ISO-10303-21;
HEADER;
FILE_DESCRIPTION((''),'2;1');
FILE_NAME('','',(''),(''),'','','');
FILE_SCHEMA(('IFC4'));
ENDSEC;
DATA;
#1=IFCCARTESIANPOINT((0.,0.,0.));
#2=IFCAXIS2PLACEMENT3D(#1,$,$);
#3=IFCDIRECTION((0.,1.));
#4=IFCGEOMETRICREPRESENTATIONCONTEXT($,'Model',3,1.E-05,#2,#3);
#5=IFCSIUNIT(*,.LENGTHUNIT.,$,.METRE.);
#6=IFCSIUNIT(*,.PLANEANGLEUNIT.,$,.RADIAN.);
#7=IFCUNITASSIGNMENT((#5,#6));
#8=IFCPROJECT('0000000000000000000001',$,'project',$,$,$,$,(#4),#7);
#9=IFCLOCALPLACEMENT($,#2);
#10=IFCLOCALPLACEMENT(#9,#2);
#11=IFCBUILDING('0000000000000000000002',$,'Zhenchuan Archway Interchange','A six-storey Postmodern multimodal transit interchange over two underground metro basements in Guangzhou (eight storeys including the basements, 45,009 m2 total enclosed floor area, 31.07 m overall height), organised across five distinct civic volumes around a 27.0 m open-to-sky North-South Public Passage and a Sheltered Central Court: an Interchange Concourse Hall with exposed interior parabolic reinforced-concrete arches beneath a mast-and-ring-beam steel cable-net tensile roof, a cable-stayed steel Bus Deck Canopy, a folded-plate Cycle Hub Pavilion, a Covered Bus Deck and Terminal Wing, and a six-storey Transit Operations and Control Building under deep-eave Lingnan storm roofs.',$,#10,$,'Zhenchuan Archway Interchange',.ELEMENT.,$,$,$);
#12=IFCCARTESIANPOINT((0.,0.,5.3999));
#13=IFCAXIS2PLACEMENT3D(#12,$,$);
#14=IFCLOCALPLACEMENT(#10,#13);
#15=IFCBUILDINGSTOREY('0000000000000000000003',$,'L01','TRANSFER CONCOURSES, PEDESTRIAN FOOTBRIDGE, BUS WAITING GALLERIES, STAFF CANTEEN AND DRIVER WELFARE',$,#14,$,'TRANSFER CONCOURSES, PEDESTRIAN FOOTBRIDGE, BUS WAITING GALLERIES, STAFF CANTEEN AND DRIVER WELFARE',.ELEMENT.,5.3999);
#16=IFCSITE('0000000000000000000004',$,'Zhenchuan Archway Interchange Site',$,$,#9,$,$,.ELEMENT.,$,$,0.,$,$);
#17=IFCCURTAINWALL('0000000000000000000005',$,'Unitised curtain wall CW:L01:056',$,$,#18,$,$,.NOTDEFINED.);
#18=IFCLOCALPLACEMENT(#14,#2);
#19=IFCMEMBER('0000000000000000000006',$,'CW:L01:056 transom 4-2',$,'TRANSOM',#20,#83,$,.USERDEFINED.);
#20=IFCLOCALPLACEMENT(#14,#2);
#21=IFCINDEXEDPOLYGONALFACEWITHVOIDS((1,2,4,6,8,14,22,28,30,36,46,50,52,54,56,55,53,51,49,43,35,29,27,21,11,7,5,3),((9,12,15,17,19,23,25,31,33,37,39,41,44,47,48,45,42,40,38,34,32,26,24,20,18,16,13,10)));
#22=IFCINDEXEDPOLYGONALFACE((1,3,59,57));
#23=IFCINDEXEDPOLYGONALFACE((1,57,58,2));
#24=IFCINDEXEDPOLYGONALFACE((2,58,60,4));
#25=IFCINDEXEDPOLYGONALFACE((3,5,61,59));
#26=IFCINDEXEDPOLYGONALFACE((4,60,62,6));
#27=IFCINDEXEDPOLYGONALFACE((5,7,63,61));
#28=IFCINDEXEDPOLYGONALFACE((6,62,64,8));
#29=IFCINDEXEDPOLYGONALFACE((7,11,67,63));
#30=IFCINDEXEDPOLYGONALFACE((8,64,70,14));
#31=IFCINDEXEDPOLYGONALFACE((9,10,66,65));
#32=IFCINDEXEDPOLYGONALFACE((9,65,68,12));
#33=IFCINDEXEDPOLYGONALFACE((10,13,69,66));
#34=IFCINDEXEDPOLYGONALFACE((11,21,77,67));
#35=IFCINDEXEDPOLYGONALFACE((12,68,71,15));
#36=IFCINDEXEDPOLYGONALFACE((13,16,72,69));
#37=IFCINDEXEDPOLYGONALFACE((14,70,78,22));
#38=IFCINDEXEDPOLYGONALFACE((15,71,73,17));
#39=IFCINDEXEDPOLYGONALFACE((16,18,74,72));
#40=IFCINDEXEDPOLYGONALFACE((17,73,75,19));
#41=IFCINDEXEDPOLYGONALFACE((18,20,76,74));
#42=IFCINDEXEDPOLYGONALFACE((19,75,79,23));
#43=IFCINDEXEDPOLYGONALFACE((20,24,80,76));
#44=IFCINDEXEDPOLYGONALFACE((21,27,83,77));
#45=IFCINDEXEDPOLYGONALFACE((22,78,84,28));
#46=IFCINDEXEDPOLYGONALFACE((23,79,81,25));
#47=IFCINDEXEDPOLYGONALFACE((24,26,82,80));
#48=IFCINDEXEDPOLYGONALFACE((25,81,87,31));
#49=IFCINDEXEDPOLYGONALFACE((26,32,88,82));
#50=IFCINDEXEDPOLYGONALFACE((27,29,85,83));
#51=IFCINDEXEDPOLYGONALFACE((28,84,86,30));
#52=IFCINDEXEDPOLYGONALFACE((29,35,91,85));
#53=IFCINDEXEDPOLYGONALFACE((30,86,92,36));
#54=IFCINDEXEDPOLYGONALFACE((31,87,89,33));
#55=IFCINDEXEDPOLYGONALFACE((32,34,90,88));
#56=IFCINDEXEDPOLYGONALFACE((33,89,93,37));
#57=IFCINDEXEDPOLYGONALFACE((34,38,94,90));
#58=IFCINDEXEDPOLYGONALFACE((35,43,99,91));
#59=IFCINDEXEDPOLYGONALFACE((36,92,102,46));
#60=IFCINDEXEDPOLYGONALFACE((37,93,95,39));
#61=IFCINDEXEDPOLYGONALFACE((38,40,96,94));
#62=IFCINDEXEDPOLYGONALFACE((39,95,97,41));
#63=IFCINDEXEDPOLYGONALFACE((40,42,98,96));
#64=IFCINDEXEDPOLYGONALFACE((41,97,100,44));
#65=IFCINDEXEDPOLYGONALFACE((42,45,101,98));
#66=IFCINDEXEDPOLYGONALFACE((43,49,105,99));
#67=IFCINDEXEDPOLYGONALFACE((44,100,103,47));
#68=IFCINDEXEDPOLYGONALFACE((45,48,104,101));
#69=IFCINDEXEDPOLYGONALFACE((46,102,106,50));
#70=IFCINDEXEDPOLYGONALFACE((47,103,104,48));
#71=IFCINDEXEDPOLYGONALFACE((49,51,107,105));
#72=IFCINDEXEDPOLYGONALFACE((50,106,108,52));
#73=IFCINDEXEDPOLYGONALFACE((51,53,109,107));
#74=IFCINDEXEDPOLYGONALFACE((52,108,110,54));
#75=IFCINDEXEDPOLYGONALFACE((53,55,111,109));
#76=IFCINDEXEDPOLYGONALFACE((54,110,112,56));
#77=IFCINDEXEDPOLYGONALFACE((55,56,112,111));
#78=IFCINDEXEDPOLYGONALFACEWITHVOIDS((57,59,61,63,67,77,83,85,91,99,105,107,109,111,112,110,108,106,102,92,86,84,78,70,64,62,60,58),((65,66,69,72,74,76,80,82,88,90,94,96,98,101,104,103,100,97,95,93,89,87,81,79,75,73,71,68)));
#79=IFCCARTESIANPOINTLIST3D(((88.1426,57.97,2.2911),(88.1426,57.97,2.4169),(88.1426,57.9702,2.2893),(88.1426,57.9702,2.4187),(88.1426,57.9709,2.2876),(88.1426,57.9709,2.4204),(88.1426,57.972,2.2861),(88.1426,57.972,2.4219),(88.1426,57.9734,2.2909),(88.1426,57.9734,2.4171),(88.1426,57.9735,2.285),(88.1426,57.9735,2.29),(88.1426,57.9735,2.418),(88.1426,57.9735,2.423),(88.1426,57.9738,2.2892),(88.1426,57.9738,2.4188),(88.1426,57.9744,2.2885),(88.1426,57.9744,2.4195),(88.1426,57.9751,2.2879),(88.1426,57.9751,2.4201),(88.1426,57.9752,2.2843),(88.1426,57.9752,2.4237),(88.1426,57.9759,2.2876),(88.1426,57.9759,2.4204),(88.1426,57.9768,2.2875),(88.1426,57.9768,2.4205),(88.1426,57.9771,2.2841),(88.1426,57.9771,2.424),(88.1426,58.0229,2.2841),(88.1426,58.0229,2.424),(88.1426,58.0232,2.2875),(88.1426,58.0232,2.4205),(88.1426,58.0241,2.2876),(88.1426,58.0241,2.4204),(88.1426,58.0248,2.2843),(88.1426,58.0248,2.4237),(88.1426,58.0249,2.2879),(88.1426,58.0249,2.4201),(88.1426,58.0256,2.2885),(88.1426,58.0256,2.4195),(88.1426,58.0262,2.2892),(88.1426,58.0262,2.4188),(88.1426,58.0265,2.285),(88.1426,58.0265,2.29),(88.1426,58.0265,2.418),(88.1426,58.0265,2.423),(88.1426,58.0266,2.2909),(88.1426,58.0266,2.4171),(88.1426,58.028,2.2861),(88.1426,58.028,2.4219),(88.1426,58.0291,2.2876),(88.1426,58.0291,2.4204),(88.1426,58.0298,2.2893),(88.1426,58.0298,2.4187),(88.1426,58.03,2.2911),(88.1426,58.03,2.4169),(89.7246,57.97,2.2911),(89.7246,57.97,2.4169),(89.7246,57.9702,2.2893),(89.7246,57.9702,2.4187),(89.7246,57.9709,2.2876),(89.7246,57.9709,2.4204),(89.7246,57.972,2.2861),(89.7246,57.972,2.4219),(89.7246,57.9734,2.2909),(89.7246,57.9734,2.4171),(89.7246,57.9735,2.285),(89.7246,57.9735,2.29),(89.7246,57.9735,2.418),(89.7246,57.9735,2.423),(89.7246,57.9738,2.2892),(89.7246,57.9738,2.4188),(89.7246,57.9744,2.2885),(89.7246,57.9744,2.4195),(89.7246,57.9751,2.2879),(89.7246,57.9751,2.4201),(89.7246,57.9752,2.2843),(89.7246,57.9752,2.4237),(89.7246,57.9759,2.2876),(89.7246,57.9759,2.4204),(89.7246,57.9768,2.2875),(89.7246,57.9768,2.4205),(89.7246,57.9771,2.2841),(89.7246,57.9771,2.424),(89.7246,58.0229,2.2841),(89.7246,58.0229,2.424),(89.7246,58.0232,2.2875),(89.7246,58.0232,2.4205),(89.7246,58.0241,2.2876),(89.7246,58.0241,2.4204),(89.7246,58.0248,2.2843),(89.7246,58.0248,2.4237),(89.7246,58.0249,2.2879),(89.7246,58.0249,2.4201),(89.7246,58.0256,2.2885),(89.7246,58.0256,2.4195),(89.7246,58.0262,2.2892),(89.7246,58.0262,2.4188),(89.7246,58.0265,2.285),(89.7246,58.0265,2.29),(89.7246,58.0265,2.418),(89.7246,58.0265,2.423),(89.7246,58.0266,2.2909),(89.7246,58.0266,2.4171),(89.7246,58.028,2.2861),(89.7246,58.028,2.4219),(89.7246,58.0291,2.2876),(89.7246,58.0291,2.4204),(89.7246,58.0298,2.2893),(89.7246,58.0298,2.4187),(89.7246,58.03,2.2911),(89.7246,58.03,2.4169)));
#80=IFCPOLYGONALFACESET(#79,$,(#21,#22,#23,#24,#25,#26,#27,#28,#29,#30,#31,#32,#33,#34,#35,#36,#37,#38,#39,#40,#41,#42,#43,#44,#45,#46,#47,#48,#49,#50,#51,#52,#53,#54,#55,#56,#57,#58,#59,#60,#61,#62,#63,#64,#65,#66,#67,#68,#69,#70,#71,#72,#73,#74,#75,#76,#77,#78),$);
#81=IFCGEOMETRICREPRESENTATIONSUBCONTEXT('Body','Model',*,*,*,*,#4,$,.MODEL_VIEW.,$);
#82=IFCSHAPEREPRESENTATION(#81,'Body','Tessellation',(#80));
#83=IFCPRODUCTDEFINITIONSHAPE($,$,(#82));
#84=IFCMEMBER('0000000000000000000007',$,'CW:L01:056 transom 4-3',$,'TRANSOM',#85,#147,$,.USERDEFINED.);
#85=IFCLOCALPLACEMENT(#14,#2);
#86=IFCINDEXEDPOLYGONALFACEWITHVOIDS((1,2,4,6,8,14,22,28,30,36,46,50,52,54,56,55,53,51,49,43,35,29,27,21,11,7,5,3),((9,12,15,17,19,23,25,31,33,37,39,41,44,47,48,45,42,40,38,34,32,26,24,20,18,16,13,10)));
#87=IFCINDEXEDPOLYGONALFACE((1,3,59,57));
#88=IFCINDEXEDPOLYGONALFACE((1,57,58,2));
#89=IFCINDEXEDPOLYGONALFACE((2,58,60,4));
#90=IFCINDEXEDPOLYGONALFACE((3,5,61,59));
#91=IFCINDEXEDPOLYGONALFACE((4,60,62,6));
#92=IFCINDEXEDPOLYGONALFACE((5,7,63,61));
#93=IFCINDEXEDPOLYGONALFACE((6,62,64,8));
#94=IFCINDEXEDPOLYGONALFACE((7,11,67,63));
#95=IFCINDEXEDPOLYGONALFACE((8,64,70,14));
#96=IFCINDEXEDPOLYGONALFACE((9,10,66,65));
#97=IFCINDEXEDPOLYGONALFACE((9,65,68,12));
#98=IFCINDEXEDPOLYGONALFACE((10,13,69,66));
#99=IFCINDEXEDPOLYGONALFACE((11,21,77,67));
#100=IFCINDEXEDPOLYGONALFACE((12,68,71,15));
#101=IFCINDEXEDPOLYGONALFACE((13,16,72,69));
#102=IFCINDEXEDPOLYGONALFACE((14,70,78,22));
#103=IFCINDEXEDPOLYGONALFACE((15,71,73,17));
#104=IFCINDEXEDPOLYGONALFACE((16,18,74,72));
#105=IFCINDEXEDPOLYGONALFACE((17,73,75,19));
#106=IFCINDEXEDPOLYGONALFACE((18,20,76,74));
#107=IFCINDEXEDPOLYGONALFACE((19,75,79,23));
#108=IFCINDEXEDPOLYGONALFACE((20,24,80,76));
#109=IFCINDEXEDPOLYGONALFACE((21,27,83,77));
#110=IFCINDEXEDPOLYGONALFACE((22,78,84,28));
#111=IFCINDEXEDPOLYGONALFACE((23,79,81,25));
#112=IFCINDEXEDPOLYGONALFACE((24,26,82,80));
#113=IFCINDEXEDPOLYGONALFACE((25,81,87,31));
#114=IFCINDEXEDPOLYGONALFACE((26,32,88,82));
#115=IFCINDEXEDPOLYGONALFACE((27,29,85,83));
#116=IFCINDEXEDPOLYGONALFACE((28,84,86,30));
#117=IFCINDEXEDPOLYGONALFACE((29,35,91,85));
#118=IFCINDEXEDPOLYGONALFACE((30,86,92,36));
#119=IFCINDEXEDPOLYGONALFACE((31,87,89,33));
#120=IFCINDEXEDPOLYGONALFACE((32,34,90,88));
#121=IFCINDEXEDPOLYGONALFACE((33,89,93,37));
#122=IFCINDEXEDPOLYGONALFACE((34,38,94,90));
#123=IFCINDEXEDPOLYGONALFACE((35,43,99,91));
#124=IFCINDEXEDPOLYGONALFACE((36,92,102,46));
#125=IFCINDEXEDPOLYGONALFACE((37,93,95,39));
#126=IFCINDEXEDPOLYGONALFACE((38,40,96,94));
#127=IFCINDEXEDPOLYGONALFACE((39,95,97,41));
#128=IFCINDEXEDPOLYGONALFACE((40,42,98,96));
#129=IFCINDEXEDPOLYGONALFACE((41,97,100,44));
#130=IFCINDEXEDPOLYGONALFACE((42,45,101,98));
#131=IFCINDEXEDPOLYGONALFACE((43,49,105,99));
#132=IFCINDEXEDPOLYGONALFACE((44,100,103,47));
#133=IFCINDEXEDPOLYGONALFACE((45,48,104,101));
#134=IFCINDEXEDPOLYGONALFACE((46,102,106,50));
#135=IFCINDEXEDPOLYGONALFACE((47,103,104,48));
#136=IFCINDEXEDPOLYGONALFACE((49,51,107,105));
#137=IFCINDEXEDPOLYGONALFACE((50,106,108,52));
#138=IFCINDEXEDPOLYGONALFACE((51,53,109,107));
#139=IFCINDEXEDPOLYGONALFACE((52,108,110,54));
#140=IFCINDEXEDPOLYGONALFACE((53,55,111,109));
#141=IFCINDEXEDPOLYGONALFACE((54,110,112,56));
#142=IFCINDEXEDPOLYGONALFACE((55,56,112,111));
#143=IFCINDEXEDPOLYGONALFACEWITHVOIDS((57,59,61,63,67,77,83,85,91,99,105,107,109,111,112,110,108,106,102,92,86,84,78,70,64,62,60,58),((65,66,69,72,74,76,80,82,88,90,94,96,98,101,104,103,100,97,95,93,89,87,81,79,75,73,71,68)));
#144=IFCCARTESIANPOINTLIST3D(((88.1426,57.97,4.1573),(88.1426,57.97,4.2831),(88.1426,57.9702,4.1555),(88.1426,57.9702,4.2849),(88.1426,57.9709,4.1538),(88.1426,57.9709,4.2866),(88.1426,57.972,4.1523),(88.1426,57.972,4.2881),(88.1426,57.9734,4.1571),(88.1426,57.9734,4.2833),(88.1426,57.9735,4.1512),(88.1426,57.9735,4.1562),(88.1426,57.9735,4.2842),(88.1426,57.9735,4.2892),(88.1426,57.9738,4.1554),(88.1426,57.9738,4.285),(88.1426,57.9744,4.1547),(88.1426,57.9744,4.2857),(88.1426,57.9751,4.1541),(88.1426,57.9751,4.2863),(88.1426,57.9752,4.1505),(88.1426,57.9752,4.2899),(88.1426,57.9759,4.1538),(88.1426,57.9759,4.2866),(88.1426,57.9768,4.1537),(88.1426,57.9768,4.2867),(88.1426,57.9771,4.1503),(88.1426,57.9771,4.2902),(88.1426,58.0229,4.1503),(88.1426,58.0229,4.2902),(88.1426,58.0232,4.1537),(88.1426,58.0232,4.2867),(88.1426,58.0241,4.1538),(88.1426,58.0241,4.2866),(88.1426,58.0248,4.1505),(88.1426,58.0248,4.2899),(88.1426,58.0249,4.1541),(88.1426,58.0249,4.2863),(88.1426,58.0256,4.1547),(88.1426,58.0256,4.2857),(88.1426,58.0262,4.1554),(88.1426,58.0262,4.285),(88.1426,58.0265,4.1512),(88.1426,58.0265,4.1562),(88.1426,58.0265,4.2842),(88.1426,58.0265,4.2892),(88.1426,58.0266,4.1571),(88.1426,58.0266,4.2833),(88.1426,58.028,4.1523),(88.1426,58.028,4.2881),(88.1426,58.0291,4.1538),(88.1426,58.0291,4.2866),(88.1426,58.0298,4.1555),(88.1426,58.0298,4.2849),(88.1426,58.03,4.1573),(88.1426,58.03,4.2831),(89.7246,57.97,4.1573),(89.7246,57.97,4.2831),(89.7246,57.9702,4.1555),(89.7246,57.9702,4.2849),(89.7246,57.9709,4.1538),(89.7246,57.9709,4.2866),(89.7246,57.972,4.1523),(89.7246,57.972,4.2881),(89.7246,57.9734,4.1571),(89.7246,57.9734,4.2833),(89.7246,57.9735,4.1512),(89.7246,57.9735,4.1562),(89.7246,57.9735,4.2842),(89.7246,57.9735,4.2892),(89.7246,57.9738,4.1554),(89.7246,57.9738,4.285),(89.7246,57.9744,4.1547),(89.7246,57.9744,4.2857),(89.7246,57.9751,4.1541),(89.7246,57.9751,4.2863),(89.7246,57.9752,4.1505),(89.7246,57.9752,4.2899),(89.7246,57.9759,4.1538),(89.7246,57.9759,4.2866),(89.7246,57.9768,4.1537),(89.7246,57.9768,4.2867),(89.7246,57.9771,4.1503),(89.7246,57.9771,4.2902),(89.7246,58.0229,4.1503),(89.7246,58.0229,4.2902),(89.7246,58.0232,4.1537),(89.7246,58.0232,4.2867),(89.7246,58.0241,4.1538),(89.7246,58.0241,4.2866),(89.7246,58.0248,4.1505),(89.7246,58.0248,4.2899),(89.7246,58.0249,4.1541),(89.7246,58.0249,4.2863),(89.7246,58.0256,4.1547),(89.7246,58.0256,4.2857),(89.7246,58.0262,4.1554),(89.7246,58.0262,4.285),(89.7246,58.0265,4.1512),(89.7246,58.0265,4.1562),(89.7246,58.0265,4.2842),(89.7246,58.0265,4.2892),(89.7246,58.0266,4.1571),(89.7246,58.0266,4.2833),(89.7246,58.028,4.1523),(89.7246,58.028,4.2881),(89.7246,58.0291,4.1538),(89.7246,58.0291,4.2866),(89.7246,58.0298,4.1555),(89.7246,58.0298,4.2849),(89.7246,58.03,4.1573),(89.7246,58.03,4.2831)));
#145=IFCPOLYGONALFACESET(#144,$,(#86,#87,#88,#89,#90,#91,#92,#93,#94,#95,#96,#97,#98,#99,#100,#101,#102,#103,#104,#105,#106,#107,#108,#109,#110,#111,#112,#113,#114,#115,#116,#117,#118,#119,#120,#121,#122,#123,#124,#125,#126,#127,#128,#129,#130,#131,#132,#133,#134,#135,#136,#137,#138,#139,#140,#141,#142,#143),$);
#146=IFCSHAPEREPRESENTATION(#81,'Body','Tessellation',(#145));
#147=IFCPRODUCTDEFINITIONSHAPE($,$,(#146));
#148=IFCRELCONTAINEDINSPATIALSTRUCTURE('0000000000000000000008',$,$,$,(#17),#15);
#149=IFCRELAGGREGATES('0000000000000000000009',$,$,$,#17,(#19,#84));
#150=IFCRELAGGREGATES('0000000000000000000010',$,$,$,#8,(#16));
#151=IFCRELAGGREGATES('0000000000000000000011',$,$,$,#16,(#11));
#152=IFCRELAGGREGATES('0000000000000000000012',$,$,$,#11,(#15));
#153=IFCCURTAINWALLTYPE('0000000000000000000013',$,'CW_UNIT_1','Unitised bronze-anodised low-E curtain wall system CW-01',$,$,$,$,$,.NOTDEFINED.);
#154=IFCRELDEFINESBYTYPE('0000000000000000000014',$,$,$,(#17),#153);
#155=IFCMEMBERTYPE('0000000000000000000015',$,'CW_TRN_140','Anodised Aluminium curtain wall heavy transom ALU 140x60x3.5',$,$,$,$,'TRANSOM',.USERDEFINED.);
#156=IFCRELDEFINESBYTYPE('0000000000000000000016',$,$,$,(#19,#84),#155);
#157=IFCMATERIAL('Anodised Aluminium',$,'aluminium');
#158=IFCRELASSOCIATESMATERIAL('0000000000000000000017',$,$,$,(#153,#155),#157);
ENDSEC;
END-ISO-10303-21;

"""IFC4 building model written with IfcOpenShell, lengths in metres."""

from ifc_helpers import new_model, si_unit, direction, frame, origin, origin_2d, place, context, subcontext, project, spatial, hollow_rectangle, extrude, material, material_profile, profile_set, type_object, element, aggregate, save


model = new_model("IFC4")

# Units and contexts
model_context = context("Model", 3, precision=1e-05, world=origin(), true_north=direction((0.0, 1.0)))
body_context = subcontext(model_context, "Body", "Model", "MODEL_VIEW")
ifc_project = project(units=[si_unit("LENGTHUNIT", "METRE"), si_unit("PLANEANGLEUNIT", "RADIAN")], contexts=[model_context])

# Site, building, storey
site_placement = place(None, origin())
site = spatial("IfcSite", under=ifc_project, at=site_placement, Name="Zhenchuan Archway Interchange Site", CompositionType="ELEMENT", RefElevation=0.0)
building_placement = place(site_placement, origin())
building = spatial("IfcBuilding", under=site, at=building_placement, Name="Zhenchuan Archway Interchange", Description="A six-storey Postmodern multimodal transit interchange over two underground metro basements in Guangzhou (eight storeys including the basements, 45,009 m2 total enclosed floor area, 31.07 m overall height), organised across five distinct civic volumes around a 27.0 m open-to-sky North-South Public Passage and a Sheltered Central Court: an Interchange Concourse Hall with exposed interior parabolic reinforced-concrete arches beneath a mast-and-ring-beam steel cable-net tensile roof, a cable-stayed steel Bus Deck Canopy, a folded-plate Cycle Hub Pavilion, a Covered Bus Deck and Terminal Wing, and a six-storey Transit Operations and Control Building under deep-eave Lingnan storm roofs.", LongName="Zhenchuan Archway Interchange", CompositionType="ELEMENT")
storey_placement = place(building_placement, frame((0.0, 0.0, 5.3999)))
storey = spatial("IfcBuildingStorey", under=building, at=storey_placement, Name="L01", Description="TRANSFER CONCOURSES, PEDESTRIAN FOOTBRIDGE, BUS WAITING GALLERIES, STAFF CANTEEN AND DRIVER WELFARE", LongName="TRANSFER CONCOURSES, PEDESTRIAN FOOTBRIDGE, BUS WAITING GALLERIES, STAFF CANTEEN AND DRIVER WELFARE", CompositionType="ELEMENT", Elevation=5.3999)

# Curtain wall
ifc_material_1 = material(Name="Anodised Aluminium", Category="aluminium")
curtain_wall_type_1 = type_object("IfcCurtainWallType", Name="CW_UNIT_1", Description="Unitised bronze-anodised low-E curtain wall system CW-01", PredefinedType="NOTDEFINED", material=ifc_material_1)
curtain_wall_1_placement = place(storey_placement, origin())
curtain_wall_1 = element("IfcCurtainWall", 1, at=curtain_wall_1_placement, inside=storey, type_object=curtain_wall_type_1, Name="Unitised curtain wall CW:L01:056", PredefinedType="NOTDEFINED")

# Members
ifc_material_profile_1 = material_profile(ifc_material_1, hollow_rectangle(XDim=0.0601, YDim=0.1399, WallThickness=0.0034, InnerFilletRadius=0.0034, OuterFilletRadius=0.0071, at=origin_2d()), Name="ALU 140x60x3.5")
ifc_profile_set_1 = profile_set([ifc_material_profile_1], Name="Anodised Aluminium")
member_type_1 = type_object("IfcMemberType", Name="CW_TRN_140", Description="Anodised Aluminium curtain wall heavy transom ALU 140x60x3.5", ElementType="TRANSOM", PredefinedType="USERDEFINED", material=ifc_profile_set_1)
member_1_placement = place(storey_placement, frame((88.1426, 58.0, 2.354), z_axis=(1.0, 0.0, 0.0), x_axis=(0.0, 1.0, 0.0)))
member_1 = element("IfcMember", 2, at=member_1_placement, type_object=member_type_1, Name="CW:L01:056 transom 4-2", ObjectType="TRANSOM", PredefinedType="USERDEFINED", context=body_context, shape_type="SweptSolid", body=[
    extrude(hollow_rectangle(XDim=0.0601, YDim=0.1399, WallThickness=0.0034, InnerFilletRadius=0.0034, OuterFilletRadius=0.0071, at=origin_2d()), origin(), (0.0, 0.0, 1.0), 1.582),
])
member_2_placement = place(storey_placement, frame((88.1426, 58.0, 4.2202), z_axis=(1.0, 0.0, 0.0), x_axis=(0.0, 1.0, 0.0)))
member_2 = element("IfcMember", 3, at=member_2_placement, type_object=member_type_1, Name="CW:L01:056 transom 4-3", ObjectType="TRANSOM", PredefinedType="USERDEFINED", context=body_context, shape_type="SweptSolid", body=[
    extrude(hollow_rectangle(XDim=0.0601, YDim=0.1399, WallThickness=0.0034, InnerFilletRadius=0.0034, OuterFilletRadius=0.0071, at=origin_2d()), origin(), (0.0, 0.0, 1.0), 1.582),
])

aggregate(curtain_wall_1, [member_1, member_2])

save(model, "model.ifc")
